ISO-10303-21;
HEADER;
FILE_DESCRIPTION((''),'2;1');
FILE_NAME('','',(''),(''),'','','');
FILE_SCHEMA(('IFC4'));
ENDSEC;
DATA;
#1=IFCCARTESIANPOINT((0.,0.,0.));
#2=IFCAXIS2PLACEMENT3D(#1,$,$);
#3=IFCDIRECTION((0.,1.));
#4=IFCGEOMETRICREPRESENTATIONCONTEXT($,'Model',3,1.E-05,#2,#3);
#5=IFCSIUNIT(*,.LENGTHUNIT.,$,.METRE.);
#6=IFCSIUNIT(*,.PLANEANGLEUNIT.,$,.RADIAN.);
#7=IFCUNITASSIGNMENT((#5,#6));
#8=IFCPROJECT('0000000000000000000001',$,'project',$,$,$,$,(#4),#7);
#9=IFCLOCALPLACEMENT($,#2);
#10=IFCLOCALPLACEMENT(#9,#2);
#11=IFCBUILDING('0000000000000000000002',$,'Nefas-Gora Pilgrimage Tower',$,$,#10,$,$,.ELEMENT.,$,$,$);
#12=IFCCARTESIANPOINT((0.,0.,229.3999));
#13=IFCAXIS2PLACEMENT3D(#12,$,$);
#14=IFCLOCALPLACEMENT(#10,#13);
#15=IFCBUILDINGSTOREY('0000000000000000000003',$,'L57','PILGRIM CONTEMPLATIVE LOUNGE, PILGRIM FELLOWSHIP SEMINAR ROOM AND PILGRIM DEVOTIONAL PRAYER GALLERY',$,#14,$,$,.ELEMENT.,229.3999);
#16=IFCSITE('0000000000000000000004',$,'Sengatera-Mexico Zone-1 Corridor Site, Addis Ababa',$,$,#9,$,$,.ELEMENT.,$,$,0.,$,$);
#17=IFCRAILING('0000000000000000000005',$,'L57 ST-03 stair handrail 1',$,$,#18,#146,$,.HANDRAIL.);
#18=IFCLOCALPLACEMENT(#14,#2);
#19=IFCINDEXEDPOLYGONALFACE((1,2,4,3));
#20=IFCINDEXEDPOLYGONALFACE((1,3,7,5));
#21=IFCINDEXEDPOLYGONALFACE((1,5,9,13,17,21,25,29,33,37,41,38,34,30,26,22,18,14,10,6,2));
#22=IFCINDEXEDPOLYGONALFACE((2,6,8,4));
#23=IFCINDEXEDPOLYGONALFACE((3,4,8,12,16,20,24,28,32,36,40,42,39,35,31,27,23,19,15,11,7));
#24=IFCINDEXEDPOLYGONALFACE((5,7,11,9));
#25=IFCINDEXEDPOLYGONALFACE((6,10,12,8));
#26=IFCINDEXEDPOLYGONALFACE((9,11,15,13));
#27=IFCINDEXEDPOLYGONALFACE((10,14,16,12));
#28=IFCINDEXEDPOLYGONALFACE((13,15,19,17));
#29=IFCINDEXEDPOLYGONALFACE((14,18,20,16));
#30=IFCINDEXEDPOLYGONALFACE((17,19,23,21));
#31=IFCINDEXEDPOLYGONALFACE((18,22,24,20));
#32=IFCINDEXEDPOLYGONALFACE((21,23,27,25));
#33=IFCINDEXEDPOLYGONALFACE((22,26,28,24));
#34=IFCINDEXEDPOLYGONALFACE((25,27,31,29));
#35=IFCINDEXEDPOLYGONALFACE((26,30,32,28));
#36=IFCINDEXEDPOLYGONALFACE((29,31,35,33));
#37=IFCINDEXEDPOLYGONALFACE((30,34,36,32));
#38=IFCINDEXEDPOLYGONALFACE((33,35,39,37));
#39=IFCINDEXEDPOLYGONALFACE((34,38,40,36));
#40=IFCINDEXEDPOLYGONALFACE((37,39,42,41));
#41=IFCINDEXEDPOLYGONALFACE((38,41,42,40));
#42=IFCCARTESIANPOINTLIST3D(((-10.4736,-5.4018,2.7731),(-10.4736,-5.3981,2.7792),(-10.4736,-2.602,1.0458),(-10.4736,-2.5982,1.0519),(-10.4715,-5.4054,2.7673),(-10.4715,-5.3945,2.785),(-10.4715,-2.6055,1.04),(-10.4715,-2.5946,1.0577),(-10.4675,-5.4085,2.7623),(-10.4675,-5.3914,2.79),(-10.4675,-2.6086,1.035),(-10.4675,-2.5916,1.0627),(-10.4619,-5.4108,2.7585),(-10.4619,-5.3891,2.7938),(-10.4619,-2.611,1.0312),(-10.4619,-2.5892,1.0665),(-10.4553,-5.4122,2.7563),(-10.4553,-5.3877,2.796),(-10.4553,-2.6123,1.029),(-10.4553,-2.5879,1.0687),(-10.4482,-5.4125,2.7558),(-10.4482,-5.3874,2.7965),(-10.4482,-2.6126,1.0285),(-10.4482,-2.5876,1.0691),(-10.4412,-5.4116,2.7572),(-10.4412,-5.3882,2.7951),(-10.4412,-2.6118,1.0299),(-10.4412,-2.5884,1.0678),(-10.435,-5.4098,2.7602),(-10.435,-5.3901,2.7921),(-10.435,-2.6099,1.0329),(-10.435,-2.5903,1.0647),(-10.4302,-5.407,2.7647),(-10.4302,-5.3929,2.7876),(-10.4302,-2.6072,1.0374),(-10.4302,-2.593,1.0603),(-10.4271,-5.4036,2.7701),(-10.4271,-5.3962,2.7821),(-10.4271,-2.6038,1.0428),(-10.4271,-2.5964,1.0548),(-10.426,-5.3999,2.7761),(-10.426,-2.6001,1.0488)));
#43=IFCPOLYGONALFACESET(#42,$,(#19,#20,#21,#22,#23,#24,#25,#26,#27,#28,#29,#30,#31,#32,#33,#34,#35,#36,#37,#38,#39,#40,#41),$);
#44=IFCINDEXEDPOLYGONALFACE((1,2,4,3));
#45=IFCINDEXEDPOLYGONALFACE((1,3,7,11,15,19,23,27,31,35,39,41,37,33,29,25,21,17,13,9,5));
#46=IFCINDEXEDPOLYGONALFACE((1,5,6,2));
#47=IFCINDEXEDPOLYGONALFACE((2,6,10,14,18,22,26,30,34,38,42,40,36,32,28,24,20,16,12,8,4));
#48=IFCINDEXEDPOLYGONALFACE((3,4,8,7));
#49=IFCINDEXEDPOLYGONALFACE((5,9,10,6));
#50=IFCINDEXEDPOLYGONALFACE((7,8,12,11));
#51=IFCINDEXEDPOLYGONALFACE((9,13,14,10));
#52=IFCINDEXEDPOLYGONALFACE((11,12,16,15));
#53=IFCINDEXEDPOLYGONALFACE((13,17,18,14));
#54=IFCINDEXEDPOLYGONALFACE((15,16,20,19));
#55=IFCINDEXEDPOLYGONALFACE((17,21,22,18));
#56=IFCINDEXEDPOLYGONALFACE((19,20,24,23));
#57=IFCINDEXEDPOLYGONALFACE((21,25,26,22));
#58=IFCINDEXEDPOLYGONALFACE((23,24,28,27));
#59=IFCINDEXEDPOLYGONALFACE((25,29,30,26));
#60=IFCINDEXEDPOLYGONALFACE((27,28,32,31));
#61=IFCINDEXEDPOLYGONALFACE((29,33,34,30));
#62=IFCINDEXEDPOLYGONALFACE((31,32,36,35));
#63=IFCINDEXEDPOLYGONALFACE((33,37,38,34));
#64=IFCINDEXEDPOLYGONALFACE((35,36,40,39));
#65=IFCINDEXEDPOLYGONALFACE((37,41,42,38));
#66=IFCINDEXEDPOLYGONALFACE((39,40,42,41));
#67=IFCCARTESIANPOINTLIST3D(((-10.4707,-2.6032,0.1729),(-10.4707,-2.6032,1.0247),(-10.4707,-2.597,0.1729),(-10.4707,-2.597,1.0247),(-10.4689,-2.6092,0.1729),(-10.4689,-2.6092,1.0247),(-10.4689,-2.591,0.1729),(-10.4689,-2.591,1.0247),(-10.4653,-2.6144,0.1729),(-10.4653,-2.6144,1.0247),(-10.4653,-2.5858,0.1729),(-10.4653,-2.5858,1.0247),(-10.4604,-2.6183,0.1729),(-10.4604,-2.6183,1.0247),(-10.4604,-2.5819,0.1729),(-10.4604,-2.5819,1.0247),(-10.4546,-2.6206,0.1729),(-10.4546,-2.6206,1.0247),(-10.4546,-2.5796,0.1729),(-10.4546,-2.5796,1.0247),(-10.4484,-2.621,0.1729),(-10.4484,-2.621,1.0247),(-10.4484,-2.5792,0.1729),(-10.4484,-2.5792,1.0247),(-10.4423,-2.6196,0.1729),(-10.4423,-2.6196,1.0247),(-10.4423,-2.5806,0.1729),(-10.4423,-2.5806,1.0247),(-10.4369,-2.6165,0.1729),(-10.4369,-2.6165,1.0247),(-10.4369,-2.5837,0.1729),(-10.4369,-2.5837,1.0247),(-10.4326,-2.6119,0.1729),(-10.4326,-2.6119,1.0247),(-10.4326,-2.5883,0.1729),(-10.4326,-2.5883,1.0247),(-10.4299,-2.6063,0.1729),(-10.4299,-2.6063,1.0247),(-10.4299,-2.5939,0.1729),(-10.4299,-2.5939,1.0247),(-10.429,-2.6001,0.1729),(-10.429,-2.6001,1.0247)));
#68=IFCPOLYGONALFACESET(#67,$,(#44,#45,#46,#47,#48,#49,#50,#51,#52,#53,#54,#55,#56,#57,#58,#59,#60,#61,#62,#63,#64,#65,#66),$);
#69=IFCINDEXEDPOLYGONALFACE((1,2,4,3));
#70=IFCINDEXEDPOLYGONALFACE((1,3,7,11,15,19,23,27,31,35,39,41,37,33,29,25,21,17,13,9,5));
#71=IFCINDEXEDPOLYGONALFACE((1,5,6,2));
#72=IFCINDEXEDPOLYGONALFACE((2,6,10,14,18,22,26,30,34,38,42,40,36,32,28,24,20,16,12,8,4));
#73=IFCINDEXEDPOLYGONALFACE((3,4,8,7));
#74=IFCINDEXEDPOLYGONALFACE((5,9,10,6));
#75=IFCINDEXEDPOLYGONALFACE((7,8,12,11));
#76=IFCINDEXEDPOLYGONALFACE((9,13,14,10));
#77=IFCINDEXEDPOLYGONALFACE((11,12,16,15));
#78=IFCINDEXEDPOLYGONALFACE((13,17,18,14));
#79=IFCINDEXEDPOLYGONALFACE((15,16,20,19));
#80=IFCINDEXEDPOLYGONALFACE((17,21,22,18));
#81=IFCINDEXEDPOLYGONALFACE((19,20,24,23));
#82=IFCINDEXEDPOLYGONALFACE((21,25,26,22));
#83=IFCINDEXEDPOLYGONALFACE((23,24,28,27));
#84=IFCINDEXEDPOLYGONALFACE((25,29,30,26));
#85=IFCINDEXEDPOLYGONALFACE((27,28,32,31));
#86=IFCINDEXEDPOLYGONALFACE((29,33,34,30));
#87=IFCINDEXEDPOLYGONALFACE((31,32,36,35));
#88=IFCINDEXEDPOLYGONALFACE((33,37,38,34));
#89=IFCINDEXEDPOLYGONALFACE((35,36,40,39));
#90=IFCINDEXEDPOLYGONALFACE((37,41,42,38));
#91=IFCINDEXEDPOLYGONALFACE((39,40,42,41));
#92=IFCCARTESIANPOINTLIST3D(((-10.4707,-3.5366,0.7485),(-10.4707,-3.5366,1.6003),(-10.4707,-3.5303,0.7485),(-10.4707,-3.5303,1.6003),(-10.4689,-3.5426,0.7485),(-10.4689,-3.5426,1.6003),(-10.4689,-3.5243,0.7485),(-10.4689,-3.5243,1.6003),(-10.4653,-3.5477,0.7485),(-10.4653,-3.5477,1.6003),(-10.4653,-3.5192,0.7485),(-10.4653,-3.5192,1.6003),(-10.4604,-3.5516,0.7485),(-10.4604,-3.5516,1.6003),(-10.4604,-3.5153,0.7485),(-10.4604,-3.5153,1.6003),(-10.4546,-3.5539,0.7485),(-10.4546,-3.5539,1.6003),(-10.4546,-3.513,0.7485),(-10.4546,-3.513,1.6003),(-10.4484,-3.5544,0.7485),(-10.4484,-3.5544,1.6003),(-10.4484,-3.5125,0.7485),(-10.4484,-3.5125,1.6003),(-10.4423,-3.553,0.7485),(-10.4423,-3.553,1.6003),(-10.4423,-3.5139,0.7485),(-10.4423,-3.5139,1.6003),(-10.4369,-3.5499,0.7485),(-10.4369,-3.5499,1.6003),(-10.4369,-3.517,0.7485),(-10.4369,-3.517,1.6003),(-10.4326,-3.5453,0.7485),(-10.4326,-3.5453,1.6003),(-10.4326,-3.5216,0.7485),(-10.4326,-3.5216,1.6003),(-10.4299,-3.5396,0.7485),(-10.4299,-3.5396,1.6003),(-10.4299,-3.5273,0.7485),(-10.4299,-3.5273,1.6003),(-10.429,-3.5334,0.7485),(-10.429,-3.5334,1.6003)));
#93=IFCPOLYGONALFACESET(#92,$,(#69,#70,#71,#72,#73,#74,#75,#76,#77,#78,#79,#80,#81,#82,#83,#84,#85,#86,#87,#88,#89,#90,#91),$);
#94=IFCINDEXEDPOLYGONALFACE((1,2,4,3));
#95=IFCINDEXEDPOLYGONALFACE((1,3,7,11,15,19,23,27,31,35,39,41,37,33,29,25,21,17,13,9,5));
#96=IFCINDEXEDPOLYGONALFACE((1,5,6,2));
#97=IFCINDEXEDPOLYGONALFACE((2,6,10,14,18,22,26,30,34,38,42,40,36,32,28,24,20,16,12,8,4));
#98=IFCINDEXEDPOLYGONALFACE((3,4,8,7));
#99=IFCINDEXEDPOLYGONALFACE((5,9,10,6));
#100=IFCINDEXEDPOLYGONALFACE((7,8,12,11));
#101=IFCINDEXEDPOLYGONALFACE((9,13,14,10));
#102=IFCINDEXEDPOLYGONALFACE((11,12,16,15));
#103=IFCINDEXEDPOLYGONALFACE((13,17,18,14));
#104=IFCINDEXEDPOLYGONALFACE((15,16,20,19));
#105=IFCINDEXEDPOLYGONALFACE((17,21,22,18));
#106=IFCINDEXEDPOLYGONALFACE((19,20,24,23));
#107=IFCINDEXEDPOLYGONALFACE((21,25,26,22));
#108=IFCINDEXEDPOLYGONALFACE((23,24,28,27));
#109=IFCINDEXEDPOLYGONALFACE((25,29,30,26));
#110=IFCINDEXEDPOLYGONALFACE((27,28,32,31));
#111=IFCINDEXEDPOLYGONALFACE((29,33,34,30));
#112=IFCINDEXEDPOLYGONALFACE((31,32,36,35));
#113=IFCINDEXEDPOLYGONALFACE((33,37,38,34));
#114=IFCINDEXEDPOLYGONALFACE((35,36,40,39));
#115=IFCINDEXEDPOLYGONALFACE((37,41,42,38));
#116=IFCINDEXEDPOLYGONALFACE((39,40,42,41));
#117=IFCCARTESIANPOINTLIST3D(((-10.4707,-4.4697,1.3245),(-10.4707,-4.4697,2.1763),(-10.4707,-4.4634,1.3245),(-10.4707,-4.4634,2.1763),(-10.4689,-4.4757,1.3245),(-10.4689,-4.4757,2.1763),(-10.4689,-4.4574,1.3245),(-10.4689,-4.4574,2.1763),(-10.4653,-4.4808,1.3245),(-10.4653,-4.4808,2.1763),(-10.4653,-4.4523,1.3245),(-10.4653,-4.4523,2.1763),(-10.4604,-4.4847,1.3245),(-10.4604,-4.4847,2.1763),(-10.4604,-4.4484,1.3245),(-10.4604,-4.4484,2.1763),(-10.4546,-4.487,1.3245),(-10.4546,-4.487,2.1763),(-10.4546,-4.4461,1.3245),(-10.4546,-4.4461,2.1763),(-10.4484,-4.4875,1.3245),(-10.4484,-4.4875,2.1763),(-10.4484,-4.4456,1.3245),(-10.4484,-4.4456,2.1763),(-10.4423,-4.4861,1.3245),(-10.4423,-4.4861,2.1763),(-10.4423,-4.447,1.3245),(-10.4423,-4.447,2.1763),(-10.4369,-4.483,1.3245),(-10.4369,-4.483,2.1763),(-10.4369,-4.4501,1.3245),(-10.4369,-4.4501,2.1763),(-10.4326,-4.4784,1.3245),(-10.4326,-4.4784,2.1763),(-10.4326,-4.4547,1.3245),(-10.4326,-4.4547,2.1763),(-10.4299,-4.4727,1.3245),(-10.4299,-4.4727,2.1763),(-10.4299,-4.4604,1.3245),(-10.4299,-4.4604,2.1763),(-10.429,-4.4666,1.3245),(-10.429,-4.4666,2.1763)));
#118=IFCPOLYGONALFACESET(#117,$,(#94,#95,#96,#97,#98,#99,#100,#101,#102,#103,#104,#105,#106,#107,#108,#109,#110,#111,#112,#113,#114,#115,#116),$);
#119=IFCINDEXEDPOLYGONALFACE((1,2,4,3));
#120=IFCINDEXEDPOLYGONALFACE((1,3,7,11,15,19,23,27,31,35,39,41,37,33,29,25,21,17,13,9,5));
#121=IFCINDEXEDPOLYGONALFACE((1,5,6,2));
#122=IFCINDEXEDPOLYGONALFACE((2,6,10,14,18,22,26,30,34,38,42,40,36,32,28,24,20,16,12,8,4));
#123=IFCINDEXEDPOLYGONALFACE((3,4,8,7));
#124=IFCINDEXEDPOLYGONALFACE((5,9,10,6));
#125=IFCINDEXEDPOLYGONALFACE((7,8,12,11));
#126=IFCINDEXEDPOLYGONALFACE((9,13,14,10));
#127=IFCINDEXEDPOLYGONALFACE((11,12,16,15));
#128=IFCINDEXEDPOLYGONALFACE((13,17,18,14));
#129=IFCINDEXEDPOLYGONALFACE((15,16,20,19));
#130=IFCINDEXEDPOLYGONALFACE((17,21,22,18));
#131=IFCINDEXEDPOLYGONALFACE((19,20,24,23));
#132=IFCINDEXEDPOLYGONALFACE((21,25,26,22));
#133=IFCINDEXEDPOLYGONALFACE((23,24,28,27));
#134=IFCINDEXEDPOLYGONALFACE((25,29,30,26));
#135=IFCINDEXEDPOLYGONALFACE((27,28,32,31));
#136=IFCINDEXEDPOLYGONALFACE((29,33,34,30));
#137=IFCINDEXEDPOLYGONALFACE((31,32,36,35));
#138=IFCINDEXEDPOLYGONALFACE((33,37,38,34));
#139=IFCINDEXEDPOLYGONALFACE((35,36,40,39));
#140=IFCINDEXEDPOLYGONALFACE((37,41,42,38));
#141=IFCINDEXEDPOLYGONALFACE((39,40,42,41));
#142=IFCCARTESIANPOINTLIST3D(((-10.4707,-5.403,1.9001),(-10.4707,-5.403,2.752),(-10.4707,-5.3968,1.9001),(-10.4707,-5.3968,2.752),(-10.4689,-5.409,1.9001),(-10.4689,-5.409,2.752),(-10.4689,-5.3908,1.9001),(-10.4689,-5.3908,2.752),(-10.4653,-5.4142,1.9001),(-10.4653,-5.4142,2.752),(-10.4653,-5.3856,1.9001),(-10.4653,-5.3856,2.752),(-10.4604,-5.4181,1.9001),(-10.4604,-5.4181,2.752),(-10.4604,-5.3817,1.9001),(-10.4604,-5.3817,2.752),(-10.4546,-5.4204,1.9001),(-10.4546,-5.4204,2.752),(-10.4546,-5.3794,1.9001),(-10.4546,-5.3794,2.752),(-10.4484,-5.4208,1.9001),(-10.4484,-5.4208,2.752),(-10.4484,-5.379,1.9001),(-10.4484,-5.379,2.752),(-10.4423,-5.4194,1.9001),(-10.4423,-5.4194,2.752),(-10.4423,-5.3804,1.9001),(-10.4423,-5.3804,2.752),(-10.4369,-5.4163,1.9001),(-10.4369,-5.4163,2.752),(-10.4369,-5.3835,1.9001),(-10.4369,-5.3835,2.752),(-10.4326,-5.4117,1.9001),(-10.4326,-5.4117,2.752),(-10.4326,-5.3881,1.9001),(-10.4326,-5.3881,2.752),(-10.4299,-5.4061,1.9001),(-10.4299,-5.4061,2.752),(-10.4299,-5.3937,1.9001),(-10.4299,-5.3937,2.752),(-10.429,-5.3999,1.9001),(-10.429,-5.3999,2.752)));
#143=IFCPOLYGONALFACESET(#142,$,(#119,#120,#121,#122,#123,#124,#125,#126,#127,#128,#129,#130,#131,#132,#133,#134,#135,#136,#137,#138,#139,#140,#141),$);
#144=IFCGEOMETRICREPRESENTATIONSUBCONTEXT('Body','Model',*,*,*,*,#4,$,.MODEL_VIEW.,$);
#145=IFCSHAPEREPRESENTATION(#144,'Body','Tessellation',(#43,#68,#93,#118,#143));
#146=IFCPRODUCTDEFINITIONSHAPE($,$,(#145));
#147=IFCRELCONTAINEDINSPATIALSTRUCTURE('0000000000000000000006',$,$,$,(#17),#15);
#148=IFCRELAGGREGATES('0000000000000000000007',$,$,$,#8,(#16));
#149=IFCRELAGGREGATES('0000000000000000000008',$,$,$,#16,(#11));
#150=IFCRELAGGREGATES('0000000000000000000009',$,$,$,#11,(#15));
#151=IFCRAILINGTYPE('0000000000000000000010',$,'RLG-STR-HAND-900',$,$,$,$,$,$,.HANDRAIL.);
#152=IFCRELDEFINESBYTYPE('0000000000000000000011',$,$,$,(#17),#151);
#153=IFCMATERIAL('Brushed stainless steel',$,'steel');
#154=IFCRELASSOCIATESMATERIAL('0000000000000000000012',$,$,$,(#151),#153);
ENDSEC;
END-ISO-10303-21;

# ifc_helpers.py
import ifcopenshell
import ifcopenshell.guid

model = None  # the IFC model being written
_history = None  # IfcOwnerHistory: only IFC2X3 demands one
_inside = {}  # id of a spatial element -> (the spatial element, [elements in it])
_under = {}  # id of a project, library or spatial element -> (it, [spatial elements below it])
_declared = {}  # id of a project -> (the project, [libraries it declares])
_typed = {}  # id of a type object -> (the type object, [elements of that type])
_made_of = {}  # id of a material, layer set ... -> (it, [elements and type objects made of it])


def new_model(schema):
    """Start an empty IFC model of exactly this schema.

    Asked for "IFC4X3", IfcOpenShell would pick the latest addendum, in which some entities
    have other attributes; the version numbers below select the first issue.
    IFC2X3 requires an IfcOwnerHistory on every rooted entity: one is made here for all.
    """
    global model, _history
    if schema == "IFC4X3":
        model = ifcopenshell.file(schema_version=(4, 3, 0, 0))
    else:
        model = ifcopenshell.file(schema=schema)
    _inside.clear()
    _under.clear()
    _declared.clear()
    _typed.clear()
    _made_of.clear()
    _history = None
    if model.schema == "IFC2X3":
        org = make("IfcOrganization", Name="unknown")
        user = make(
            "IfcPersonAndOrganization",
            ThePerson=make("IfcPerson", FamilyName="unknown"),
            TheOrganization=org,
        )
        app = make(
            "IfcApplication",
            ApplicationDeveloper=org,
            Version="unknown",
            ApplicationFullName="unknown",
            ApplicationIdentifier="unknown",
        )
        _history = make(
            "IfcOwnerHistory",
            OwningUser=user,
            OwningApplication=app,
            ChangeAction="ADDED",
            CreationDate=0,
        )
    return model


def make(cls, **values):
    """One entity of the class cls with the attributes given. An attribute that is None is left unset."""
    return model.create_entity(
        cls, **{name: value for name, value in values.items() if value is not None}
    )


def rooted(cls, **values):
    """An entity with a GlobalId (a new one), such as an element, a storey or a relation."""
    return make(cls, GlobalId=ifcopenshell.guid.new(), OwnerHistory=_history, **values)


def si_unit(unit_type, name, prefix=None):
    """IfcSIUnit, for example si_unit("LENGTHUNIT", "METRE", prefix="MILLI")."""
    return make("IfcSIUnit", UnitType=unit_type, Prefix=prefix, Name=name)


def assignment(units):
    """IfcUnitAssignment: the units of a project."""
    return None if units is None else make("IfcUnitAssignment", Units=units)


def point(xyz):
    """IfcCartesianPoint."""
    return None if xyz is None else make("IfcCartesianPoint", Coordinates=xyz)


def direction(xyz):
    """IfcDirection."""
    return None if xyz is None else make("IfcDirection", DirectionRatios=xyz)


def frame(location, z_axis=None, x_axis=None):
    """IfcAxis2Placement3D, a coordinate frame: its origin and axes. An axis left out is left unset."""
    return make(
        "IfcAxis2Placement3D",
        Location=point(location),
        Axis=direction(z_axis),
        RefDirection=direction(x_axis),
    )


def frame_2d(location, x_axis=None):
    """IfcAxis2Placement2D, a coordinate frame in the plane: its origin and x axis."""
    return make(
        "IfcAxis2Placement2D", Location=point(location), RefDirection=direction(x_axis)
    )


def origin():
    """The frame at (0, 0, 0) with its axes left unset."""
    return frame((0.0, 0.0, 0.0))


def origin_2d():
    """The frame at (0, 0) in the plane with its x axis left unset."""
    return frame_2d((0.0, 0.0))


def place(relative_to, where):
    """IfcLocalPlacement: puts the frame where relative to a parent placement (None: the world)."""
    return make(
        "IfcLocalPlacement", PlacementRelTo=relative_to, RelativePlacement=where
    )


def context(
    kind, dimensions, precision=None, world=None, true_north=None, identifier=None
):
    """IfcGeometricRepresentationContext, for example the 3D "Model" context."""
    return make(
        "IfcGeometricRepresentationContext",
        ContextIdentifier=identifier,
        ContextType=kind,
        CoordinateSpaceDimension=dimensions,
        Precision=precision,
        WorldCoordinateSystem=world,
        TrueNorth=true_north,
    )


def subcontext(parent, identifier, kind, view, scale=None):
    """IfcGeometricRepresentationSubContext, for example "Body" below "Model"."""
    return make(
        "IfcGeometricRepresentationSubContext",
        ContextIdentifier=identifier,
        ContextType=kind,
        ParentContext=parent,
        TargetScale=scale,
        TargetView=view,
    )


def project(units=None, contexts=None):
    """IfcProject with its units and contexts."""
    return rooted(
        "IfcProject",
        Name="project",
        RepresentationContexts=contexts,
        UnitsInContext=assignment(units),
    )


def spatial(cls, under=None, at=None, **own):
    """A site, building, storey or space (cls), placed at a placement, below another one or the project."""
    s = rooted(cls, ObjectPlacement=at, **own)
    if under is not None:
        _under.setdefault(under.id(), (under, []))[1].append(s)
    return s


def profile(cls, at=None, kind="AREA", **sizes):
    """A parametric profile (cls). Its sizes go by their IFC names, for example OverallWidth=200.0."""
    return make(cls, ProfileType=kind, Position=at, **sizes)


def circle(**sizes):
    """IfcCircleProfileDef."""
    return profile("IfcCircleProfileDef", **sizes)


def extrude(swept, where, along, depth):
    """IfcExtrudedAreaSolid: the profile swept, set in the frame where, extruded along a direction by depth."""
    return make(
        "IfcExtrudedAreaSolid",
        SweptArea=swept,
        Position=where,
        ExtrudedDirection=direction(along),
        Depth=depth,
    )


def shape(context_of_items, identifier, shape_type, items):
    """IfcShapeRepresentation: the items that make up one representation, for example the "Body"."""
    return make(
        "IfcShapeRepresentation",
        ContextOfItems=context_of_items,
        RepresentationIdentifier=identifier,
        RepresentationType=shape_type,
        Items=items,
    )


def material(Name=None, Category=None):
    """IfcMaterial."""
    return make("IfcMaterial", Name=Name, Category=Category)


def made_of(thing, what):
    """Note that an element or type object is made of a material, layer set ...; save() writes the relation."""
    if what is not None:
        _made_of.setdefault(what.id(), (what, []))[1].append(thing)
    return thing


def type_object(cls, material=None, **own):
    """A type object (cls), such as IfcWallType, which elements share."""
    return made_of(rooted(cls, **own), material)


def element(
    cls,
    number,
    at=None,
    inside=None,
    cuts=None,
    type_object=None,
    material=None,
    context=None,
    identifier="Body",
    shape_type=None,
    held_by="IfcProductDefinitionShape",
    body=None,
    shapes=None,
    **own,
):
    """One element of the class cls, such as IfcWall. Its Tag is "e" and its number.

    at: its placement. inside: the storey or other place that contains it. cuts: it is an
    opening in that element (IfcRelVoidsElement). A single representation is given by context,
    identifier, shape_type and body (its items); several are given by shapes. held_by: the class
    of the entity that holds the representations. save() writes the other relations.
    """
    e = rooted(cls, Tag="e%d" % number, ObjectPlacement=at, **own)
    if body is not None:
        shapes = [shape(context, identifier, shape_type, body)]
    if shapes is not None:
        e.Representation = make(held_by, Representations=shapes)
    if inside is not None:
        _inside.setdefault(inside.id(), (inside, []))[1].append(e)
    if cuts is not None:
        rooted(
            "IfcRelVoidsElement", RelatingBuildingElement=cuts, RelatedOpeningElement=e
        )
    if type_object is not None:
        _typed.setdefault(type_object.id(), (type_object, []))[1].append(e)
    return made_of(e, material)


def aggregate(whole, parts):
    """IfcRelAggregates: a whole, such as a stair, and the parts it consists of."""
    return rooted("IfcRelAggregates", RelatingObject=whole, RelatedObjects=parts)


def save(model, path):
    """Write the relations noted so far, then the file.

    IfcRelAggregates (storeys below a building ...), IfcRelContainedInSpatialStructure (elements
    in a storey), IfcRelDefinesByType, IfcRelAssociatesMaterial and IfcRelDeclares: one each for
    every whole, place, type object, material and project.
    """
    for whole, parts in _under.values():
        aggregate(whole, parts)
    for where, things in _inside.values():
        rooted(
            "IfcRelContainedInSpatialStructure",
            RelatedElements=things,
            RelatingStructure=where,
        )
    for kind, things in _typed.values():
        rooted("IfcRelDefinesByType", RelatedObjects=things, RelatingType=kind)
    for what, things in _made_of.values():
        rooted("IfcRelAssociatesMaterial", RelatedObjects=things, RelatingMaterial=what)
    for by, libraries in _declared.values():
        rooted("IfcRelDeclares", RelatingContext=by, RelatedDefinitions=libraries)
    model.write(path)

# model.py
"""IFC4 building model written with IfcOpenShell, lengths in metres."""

from ifc_helpers import new_model, si_unit, direction, frame, origin, origin_2d, place, context, subcontext, project, spatial, circle, extrude, material, type_object, element, save


model = new_model("IFC4")

# Units and contexts
model_context = context("Model", 3, precision=1e-05, world=origin(), true_north=direction((0.0, 1.0)))
body_context = subcontext(model_context, "Body", "Model", "MODEL_VIEW")
ifc_project = project(units=[si_unit("LENGTHUNIT", "METRE"), si_unit("PLANEANGLEUNIT", "RADIAN")], contexts=[model_context])

# Site, building, storey
site_placement = place(None, origin())
site = spatial("IfcSite", under=ifc_project, at=site_placement, Name="Sengatera-Mexico Zone-1 Corridor Site, Addis Ababa", CompositionType="ELEMENT", RefElevation=0.0)
building_placement = place(site_placement, origin())
building = spatial("IfcBuilding", under=site, at=building_placement, Name="Nefas-Gora Pilgrimage Tower", CompositionType="ELEMENT")
storey_placement = place(building_placement, frame((0.0, 0.0, 229.3999)))
storey = spatial("IfcBuildingStorey", under=building, at=storey_placement, Name="L57", Description="PILGRIM CONTEMPLATIVE LOUNGE, PILGRIM FELLOWSHIP SEMINAR ROOM AND PILGRIM DEVOTIONAL PRAYER GALLERY", CompositionType="ELEMENT", Elevation=229.3999)

# Railing
ifc_material_1 = material(Name="Brushed stainless steel", Category="steel")
railing_type_1 = type_object("IfcRailingType", Name="RLG-STR-HAND-900", PredefinedType="HANDRAIL", material=ifc_material_1)
railing_1_placement = place(storey_placement, frame((-10.45, -2.6001, 0.1729)))
element("IfcRailing", 1, at=railing_1_placement, inside=storey, type_object=railing_type_1, Name="L57 ST-03 stair handrail 1", PredefinedType="HANDRAIL", context=body_context, shape_type="SweptSolid", body=[
    extrude(circle(Radius=0.0239, at=origin_2d()), frame((0.0, 0.0, 0.876), z_axis=(0.0, -0.851069, 0.525054), x_axis=(1.0, 0.0, 0.0)), (0.0, 0.0, 1.0), 3.2898),
    extrude(circle(Radius=0.021, at=origin_2d()), origin(), (0.0, 0.0, 1.0), 0.8518),
    extrude(circle(Radius=0.021, at=origin_2d()), frame((0.0, -0.9333, 0.5757)), (0.0, 0.0, 1.0), 0.8518),
    extrude(circle(Radius=0.021, at=origin_2d()), frame((0.0, -1.8665, 1.1516)), (0.0, 0.0, 1.0), 0.8518),
    extrude(circle(Radius=0.021, at=origin_2d()), frame((0.0, -2.7998, 1.7273)), (0.0, 0.0, 1.0), 0.8518),
])

save(model, "model.ifc")
